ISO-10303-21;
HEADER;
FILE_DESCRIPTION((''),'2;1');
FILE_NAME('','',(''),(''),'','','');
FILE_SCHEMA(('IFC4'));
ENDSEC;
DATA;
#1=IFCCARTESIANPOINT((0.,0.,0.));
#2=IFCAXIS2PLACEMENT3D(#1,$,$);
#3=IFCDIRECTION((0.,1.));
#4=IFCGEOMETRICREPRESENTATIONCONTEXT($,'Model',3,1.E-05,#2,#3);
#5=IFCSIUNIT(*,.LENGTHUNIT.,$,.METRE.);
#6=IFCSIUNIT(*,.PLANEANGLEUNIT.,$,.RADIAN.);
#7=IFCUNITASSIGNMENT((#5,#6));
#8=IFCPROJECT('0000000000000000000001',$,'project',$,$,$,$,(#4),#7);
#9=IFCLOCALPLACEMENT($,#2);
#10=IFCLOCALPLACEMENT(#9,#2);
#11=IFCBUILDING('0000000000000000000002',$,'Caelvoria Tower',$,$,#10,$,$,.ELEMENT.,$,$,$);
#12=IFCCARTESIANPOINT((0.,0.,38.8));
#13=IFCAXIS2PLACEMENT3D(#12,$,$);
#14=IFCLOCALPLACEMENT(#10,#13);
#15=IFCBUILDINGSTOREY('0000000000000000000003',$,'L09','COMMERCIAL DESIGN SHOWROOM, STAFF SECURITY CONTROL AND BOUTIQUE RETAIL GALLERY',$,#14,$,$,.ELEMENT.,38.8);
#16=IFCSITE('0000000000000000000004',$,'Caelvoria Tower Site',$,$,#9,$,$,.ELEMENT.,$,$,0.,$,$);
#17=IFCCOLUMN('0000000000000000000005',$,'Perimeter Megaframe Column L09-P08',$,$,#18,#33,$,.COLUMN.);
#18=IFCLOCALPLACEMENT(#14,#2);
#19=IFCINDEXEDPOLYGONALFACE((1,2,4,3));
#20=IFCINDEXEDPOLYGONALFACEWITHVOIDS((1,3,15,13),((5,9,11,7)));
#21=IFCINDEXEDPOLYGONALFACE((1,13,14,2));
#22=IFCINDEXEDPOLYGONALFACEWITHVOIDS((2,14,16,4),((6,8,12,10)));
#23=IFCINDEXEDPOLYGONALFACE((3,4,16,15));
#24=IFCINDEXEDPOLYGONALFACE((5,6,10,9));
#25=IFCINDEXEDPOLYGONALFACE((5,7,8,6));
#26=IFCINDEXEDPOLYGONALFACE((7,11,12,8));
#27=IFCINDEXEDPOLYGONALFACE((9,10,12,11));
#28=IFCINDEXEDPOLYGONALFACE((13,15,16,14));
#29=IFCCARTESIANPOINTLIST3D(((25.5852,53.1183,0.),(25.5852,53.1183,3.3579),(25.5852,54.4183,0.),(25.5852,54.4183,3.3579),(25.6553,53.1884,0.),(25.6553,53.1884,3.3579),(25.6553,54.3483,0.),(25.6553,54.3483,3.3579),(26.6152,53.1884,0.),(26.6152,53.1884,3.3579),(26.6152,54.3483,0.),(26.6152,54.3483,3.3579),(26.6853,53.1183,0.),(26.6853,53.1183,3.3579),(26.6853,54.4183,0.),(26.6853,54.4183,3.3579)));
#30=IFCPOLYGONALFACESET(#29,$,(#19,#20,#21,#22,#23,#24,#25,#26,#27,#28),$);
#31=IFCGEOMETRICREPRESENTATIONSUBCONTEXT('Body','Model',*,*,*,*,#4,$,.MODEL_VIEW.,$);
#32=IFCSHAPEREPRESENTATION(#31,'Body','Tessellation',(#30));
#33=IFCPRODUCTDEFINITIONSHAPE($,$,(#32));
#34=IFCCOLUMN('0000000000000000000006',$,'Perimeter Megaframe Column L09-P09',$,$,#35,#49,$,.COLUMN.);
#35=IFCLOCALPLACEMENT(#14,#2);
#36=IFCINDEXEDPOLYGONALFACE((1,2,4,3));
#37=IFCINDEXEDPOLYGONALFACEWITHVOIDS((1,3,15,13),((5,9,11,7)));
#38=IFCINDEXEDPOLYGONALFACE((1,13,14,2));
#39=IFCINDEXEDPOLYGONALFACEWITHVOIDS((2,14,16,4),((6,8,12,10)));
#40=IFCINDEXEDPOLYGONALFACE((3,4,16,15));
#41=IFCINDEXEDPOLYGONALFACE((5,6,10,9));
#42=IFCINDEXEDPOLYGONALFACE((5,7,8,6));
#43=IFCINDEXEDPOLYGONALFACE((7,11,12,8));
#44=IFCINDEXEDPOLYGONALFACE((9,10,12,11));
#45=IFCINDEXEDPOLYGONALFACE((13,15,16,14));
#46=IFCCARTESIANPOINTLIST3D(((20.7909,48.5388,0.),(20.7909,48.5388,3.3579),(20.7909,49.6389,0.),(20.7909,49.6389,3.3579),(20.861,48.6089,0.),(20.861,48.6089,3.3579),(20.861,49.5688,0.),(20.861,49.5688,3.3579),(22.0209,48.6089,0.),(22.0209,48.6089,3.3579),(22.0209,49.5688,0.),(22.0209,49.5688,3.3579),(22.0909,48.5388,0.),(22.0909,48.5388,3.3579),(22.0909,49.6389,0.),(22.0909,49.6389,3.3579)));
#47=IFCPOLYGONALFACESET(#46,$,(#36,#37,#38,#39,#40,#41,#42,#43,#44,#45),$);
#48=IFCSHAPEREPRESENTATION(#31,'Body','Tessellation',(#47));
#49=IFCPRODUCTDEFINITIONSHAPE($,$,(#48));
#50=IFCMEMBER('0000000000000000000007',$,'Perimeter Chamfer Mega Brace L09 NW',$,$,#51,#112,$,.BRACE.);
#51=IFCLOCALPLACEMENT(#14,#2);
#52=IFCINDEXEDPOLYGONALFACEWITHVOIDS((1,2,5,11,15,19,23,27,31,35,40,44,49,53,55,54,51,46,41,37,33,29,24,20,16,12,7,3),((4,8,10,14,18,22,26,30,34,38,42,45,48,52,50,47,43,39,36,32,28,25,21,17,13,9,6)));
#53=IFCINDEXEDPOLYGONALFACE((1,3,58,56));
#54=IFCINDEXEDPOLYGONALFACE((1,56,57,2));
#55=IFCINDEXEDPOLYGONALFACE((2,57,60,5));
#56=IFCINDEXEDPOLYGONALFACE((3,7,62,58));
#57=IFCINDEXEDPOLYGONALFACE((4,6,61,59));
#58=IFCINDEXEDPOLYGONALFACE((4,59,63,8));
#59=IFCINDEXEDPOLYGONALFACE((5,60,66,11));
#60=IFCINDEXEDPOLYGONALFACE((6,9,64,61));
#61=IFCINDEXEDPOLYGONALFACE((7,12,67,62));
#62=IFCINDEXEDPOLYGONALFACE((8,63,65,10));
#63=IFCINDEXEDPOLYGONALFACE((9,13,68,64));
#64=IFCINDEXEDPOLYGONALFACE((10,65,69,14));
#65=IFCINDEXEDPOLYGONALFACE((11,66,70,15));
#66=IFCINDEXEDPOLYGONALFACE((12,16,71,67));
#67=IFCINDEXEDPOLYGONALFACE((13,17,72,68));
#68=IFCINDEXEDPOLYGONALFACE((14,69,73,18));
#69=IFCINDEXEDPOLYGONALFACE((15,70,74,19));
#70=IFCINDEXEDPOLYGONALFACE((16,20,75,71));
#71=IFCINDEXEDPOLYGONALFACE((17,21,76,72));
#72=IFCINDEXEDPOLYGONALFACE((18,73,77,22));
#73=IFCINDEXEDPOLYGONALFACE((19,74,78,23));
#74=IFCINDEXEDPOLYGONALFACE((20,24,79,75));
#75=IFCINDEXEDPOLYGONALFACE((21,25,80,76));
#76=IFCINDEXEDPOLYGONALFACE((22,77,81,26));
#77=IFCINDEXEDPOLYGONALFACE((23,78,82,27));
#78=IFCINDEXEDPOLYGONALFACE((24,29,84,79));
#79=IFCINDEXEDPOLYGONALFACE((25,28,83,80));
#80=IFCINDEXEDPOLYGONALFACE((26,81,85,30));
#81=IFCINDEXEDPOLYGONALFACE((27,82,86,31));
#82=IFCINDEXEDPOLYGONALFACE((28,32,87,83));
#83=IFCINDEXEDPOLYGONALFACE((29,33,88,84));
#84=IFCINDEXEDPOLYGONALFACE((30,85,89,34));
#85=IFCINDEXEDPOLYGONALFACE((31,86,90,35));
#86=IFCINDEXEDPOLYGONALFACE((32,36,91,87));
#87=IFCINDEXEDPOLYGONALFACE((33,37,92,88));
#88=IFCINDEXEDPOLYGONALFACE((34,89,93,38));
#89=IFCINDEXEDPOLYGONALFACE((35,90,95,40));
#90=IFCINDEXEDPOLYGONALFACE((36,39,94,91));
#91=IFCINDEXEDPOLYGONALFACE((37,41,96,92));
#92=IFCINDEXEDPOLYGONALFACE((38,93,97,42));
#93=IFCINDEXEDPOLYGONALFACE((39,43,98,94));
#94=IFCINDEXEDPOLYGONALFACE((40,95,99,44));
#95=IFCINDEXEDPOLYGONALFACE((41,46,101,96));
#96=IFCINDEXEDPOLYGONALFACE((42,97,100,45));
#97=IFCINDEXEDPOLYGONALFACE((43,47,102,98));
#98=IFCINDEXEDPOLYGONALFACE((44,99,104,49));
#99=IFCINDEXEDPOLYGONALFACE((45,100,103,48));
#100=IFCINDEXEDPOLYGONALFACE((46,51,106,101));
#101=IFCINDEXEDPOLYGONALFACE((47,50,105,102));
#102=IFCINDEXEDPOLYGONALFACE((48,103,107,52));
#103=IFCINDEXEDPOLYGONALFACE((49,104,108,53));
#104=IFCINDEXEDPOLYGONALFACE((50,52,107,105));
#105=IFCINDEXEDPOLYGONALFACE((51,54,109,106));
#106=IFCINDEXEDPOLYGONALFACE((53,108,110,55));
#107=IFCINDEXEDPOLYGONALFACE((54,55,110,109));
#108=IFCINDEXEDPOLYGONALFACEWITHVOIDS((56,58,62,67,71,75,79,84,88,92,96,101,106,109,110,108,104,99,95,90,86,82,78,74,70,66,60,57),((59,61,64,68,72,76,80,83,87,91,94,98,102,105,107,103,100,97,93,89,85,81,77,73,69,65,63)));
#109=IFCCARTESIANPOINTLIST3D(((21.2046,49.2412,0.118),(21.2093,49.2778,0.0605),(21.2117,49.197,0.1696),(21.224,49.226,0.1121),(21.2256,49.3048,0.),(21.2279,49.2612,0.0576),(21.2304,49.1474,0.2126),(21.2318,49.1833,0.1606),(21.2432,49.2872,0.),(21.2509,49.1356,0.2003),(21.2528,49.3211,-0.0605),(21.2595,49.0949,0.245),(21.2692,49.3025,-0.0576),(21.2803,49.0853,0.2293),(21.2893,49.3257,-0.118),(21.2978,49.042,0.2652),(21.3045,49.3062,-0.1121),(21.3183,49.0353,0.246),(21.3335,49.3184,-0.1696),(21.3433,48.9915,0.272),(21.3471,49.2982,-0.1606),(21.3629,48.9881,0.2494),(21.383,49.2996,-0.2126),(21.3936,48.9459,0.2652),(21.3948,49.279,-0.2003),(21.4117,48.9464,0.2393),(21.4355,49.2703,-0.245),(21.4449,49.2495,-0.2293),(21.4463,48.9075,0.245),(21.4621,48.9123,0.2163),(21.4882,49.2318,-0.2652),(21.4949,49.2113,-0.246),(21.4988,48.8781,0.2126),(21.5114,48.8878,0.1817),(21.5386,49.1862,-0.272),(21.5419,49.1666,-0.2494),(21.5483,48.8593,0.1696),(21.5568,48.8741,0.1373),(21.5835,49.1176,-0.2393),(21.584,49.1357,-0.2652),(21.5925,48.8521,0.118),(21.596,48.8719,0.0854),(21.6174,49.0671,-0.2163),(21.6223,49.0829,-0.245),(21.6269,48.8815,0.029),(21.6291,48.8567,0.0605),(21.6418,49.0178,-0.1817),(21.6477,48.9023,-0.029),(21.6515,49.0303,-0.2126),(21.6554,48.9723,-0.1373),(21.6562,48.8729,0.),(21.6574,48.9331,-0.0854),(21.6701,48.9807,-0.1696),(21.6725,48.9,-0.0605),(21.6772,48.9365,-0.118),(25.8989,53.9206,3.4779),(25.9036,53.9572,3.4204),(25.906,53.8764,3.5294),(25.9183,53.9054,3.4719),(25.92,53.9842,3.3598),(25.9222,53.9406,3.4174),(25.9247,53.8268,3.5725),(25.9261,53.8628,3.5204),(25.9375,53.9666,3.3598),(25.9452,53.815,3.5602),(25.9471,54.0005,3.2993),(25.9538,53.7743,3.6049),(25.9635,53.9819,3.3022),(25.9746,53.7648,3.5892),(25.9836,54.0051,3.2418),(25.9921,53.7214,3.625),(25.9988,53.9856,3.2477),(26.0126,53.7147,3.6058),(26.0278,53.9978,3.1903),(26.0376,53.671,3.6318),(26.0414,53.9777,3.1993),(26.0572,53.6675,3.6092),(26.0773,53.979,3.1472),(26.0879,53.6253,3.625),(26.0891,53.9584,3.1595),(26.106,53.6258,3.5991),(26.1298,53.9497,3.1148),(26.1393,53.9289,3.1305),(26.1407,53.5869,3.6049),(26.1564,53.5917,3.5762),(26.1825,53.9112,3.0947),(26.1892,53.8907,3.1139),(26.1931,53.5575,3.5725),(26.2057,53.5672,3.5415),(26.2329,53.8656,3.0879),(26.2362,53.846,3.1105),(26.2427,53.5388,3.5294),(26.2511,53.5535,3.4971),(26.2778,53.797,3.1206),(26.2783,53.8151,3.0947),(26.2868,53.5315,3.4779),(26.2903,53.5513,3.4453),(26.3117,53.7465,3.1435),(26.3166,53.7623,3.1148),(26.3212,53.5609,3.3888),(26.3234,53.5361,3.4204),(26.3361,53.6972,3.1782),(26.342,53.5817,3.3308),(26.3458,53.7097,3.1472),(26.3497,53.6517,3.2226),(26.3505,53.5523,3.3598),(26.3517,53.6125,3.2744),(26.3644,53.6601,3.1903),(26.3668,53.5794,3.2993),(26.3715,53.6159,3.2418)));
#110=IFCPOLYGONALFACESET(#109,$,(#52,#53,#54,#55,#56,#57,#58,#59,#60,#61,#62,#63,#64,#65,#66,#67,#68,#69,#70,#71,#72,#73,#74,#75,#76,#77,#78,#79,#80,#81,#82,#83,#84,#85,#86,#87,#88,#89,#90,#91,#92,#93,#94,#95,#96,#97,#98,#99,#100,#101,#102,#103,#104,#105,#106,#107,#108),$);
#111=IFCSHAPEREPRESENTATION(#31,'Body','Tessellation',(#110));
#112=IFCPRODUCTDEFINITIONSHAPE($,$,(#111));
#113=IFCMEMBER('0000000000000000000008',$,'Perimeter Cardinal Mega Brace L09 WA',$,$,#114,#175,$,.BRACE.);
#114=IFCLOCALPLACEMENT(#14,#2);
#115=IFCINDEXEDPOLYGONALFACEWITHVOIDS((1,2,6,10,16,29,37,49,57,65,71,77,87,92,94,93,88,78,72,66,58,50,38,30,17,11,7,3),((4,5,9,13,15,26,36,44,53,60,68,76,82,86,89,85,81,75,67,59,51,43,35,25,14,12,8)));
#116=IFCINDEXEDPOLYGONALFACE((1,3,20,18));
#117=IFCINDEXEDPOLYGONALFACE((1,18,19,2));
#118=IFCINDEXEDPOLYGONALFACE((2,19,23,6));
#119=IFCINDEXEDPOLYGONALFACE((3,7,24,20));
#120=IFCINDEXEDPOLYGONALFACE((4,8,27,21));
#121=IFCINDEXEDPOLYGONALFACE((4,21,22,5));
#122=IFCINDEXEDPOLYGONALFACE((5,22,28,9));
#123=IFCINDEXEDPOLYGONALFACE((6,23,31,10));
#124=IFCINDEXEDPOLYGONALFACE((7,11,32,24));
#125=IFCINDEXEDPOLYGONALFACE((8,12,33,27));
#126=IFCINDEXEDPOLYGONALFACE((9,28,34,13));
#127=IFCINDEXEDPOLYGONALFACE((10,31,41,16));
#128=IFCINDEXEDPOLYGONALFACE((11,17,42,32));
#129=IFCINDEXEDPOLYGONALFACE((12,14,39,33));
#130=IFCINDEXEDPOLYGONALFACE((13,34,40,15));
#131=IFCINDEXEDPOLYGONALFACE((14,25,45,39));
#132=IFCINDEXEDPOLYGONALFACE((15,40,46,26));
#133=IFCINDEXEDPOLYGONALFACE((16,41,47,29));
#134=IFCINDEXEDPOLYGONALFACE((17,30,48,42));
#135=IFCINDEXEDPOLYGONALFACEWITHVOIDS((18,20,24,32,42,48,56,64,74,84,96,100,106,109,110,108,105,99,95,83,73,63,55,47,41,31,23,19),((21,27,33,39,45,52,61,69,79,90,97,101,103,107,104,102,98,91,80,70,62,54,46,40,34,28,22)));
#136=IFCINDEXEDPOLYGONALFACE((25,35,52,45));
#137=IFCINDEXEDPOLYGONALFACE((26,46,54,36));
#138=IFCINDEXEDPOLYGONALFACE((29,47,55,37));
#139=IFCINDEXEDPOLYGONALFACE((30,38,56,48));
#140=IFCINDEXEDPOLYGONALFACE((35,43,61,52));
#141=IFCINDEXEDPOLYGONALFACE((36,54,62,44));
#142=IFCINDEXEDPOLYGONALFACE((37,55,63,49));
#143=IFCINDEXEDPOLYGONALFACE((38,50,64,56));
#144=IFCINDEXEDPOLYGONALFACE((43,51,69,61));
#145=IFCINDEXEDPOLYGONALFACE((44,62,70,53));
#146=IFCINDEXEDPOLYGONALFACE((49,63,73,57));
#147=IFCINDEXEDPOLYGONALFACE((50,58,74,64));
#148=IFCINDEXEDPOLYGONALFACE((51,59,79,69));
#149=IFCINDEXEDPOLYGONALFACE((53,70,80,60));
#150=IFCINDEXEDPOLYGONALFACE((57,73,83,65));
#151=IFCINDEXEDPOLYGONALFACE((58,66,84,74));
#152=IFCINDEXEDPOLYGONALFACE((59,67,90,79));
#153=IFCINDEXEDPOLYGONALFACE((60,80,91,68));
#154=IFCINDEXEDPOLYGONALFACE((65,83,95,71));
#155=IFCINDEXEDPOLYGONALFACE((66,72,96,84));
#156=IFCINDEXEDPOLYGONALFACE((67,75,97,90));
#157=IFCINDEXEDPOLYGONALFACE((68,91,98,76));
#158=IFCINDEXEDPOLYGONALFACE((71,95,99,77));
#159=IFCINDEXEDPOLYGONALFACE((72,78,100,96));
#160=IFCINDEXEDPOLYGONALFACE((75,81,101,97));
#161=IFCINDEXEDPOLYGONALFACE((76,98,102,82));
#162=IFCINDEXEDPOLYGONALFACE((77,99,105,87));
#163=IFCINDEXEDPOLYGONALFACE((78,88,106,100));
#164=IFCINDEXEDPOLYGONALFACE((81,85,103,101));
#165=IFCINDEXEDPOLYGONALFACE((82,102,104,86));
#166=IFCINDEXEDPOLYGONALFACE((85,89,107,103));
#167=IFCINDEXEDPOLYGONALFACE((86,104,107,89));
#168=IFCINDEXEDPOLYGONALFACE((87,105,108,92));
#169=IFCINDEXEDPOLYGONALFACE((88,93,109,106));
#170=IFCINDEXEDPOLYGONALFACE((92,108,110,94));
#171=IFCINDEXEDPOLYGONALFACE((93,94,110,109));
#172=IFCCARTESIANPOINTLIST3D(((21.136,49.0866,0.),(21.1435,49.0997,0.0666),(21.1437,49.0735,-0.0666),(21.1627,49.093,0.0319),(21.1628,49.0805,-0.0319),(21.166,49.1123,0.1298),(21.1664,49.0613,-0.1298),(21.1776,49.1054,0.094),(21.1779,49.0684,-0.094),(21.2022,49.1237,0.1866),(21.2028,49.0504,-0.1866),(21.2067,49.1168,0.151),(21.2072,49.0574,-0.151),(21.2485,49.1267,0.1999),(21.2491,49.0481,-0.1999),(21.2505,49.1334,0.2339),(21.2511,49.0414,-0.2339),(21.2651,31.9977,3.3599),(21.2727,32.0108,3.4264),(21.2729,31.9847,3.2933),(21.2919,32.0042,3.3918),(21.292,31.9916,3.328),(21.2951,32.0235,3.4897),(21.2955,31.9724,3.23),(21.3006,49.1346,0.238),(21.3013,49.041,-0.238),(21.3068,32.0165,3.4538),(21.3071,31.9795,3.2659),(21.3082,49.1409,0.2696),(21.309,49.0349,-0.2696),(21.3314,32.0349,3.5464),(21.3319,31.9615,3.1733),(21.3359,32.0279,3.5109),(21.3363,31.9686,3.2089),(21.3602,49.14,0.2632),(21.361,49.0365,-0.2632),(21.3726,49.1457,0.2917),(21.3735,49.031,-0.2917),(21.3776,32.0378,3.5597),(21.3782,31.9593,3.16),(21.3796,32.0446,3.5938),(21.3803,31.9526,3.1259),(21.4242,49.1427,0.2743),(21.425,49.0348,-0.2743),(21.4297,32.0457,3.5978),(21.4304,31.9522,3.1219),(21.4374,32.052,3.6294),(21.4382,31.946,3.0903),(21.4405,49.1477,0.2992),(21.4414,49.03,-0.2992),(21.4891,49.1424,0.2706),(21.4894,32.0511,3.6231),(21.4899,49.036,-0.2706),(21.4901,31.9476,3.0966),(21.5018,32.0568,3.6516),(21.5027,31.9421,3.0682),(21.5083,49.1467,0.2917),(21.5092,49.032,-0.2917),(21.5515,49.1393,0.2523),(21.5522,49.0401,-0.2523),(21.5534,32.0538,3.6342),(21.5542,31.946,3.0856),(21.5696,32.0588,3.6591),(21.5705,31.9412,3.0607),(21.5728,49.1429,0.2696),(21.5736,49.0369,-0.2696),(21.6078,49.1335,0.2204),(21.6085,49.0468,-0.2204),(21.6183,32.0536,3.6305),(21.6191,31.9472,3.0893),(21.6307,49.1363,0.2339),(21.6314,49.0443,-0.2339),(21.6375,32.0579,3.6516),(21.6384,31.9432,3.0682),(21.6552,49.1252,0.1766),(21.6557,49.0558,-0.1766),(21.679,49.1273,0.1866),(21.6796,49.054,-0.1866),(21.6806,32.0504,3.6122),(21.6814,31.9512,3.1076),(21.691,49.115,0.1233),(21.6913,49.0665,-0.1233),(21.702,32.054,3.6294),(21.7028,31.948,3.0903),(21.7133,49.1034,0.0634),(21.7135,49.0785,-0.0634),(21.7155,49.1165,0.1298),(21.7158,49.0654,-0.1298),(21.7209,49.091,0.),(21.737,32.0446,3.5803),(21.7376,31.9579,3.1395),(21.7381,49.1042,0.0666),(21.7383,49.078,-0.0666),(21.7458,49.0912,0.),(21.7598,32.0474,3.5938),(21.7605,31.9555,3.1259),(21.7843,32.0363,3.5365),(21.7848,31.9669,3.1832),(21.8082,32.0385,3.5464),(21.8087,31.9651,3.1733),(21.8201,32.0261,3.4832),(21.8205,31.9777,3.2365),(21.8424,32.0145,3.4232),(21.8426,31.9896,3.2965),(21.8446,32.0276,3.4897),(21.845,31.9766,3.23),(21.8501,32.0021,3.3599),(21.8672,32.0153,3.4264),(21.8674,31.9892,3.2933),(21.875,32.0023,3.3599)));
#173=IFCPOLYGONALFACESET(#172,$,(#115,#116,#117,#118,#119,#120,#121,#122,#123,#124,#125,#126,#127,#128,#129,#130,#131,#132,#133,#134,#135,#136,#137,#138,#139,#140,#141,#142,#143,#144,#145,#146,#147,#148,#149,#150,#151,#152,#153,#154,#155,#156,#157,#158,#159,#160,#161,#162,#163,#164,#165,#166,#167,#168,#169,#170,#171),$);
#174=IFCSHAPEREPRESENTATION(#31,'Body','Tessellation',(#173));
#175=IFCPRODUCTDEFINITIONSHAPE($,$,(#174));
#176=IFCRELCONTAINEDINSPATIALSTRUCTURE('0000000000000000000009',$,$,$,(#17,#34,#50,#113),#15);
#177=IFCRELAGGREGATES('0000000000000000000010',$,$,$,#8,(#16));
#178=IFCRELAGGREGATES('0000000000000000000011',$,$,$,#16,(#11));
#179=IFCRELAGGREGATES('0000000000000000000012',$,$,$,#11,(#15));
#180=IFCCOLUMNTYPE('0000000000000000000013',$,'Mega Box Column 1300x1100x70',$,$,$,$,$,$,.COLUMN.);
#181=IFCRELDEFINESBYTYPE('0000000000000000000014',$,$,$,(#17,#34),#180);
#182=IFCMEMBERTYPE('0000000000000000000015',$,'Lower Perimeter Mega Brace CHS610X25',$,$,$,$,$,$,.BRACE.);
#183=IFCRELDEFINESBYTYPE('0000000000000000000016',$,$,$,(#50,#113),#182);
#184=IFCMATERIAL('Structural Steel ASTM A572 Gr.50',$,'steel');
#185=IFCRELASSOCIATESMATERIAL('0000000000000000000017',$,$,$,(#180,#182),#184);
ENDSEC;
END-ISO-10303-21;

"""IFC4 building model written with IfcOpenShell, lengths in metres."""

from ifc_helpers import new_model, si_unit, direction, frame, origin, origin_2d, place, context, subcontext, project, spatial, hollow_rectangle, hollow_circle, extrude, material, material_profile, profile_set, type_object, element, save


model = new_model("IFC4")

# Units and contexts
model_context = context("Model", 3, precision=1e-05, world=origin(), true_north=direction((0.0, 1.0)))
body_context = subcontext(model_context, "Body", "Model", "MODEL_VIEW")
ifc_project = project(units=[si_unit("LENGTHUNIT", "METRE"), si_unit("PLANEANGLEUNIT", "RADIAN")], contexts=[model_context])

# Site, building, storey
site_placement = place(None, origin())
site = spatial("IfcSite", under=ifc_project, at=site_placement, Name="Caelvoria Tower Site", CompositionType="ELEMENT", RefElevation=0.0)
building_placement = place(site_placement, origin())
building = spatial("IfcBuilding", under=site, at=building_placement, Name="Caelvoria Tower", CompositionType="ELEMENT")
storey_placement = place(building_placement, frame((0.0, 0.0, 38.8)))
storey = spatial("IfcBuildingStorey", under=building, at=storey_placement, Name="L09", Description="COMMERCIAL DESIGN SHOWROOM, STAFF SECURITY CONTROL AND BOUTIQUE RETAIL GALLERY", CompositionType="ELEMENT", Elevation=38.8)

# Columns
ifc_material_1 = material(Name="Structural Steel ASTM A572 Gr.50", Category="steel")
ifc_material_profile_1 = material_profile(ifc_material_1, hollow_rectangle(XDim=1.1001, YDim=1.3, WallThickness=0.0701, at=origin_2d()), Name="Structural Steel ASTM A572 Gr.50")
ifc_profile_set_1 = profile_set([ifc_material_profile_1], Name="BOX1300X1100X70 - Structural Steel ASTM A572 Gr.50")
column_type = type_object("IfcColumnType", Name="Mega Box Column 1300x1100x70", PredefinedType="COLUMN", material=ifc_profile_set_1)
for number, where, z_axis, x_axis, name in (
    (1, (26.1353, 53.7683, 0.0), (0.0, 0.0, 1.0), (1.0, 0.0, 0.0), "Perimeter Megaframe Column L09-P08"),
    (2, (21.4409, 49.0889, 0.0), (0.0, 0.0, 1.0), (0.0, 1.0, 0.0), "Perimeter Megaframe Column L09-P09"),
):
    element("IfcColumn", number, at=place(storey_placement, frame(where, z_axis=z_axis, x_axis=x_axis)), inside=storey, type_object=column_type, Name=name, PredefinedType="COLUMN", context=body_context, shape_type="SweptSolid", body=[
        extrude(hollow_rectangle(XDim=1.1001, YDim=1.3, WallThickness=0.0701, at=origin_2d()), origin(), (0.0, 0.0, 1.0), 3.3579),
    ])

# Members
ifc_material_profile_2 = material_profile(ifc_material_1, hollow_circle(Radius=0.3049, WallThickness=0.0249, at=origin_2d()), Name="Structural Steel ASTM A572 Gr.50")
ifc_profile_set_2 = profile_set([ifc_material_profile_2], Name="CHS610X25 - Structural Steel ASTM A572 Gr.50")
member_type = type_object("IfcMemberType", Name="Lower Perimeter Mega Brace CHS610X25", PredefinedType="BRACE", material=ifc_profile_set_2)
member_1_placement = place(storey_placement, frame((21.4409, 49.0889, 0.0), z_axis=(0.631707, 0.629703, 0.45213), x_axis=(-0.705982, 0.708229, 0.0)))
element("IfcMember", 3, at=member_1_placement, inside=storey, type_object=member_type, Name="Perimeter Chamfer Mega Brace L09 NW", PredefinedType="BRACE", context=body_context, shape_type="SweptSolid", body=[
    extrude(hollow_circle(Radius=0.3049, WallThickness=0.0249, at=origin_2d()), origin(), (0.0, 0.0, 1.0), 7.4312),
])
member_2_placement = place(storey_placement, frame((21.4409, 49.0889, 0.0), z_axis=(0.007415, -0.981188, 0.192913), x_axis=(0.999971, 0.007557, 0.0)))
element("IfcMember", 4, at=member_2_placement, inside=storey, type_object=member_type, Name="Perimeter Cardinal Mega Brace L09 WA", PredefinedType="BRACE", context=body_context, shape_type="SweptSolid", body=[
    extrude(hollow_circle(Radius=0.3049, WallThickness=0.0249, at=origin_2d()), origin(), (0.0, 0.0, 1.0), 17.4165),
])

save(model, "model.ifc")
